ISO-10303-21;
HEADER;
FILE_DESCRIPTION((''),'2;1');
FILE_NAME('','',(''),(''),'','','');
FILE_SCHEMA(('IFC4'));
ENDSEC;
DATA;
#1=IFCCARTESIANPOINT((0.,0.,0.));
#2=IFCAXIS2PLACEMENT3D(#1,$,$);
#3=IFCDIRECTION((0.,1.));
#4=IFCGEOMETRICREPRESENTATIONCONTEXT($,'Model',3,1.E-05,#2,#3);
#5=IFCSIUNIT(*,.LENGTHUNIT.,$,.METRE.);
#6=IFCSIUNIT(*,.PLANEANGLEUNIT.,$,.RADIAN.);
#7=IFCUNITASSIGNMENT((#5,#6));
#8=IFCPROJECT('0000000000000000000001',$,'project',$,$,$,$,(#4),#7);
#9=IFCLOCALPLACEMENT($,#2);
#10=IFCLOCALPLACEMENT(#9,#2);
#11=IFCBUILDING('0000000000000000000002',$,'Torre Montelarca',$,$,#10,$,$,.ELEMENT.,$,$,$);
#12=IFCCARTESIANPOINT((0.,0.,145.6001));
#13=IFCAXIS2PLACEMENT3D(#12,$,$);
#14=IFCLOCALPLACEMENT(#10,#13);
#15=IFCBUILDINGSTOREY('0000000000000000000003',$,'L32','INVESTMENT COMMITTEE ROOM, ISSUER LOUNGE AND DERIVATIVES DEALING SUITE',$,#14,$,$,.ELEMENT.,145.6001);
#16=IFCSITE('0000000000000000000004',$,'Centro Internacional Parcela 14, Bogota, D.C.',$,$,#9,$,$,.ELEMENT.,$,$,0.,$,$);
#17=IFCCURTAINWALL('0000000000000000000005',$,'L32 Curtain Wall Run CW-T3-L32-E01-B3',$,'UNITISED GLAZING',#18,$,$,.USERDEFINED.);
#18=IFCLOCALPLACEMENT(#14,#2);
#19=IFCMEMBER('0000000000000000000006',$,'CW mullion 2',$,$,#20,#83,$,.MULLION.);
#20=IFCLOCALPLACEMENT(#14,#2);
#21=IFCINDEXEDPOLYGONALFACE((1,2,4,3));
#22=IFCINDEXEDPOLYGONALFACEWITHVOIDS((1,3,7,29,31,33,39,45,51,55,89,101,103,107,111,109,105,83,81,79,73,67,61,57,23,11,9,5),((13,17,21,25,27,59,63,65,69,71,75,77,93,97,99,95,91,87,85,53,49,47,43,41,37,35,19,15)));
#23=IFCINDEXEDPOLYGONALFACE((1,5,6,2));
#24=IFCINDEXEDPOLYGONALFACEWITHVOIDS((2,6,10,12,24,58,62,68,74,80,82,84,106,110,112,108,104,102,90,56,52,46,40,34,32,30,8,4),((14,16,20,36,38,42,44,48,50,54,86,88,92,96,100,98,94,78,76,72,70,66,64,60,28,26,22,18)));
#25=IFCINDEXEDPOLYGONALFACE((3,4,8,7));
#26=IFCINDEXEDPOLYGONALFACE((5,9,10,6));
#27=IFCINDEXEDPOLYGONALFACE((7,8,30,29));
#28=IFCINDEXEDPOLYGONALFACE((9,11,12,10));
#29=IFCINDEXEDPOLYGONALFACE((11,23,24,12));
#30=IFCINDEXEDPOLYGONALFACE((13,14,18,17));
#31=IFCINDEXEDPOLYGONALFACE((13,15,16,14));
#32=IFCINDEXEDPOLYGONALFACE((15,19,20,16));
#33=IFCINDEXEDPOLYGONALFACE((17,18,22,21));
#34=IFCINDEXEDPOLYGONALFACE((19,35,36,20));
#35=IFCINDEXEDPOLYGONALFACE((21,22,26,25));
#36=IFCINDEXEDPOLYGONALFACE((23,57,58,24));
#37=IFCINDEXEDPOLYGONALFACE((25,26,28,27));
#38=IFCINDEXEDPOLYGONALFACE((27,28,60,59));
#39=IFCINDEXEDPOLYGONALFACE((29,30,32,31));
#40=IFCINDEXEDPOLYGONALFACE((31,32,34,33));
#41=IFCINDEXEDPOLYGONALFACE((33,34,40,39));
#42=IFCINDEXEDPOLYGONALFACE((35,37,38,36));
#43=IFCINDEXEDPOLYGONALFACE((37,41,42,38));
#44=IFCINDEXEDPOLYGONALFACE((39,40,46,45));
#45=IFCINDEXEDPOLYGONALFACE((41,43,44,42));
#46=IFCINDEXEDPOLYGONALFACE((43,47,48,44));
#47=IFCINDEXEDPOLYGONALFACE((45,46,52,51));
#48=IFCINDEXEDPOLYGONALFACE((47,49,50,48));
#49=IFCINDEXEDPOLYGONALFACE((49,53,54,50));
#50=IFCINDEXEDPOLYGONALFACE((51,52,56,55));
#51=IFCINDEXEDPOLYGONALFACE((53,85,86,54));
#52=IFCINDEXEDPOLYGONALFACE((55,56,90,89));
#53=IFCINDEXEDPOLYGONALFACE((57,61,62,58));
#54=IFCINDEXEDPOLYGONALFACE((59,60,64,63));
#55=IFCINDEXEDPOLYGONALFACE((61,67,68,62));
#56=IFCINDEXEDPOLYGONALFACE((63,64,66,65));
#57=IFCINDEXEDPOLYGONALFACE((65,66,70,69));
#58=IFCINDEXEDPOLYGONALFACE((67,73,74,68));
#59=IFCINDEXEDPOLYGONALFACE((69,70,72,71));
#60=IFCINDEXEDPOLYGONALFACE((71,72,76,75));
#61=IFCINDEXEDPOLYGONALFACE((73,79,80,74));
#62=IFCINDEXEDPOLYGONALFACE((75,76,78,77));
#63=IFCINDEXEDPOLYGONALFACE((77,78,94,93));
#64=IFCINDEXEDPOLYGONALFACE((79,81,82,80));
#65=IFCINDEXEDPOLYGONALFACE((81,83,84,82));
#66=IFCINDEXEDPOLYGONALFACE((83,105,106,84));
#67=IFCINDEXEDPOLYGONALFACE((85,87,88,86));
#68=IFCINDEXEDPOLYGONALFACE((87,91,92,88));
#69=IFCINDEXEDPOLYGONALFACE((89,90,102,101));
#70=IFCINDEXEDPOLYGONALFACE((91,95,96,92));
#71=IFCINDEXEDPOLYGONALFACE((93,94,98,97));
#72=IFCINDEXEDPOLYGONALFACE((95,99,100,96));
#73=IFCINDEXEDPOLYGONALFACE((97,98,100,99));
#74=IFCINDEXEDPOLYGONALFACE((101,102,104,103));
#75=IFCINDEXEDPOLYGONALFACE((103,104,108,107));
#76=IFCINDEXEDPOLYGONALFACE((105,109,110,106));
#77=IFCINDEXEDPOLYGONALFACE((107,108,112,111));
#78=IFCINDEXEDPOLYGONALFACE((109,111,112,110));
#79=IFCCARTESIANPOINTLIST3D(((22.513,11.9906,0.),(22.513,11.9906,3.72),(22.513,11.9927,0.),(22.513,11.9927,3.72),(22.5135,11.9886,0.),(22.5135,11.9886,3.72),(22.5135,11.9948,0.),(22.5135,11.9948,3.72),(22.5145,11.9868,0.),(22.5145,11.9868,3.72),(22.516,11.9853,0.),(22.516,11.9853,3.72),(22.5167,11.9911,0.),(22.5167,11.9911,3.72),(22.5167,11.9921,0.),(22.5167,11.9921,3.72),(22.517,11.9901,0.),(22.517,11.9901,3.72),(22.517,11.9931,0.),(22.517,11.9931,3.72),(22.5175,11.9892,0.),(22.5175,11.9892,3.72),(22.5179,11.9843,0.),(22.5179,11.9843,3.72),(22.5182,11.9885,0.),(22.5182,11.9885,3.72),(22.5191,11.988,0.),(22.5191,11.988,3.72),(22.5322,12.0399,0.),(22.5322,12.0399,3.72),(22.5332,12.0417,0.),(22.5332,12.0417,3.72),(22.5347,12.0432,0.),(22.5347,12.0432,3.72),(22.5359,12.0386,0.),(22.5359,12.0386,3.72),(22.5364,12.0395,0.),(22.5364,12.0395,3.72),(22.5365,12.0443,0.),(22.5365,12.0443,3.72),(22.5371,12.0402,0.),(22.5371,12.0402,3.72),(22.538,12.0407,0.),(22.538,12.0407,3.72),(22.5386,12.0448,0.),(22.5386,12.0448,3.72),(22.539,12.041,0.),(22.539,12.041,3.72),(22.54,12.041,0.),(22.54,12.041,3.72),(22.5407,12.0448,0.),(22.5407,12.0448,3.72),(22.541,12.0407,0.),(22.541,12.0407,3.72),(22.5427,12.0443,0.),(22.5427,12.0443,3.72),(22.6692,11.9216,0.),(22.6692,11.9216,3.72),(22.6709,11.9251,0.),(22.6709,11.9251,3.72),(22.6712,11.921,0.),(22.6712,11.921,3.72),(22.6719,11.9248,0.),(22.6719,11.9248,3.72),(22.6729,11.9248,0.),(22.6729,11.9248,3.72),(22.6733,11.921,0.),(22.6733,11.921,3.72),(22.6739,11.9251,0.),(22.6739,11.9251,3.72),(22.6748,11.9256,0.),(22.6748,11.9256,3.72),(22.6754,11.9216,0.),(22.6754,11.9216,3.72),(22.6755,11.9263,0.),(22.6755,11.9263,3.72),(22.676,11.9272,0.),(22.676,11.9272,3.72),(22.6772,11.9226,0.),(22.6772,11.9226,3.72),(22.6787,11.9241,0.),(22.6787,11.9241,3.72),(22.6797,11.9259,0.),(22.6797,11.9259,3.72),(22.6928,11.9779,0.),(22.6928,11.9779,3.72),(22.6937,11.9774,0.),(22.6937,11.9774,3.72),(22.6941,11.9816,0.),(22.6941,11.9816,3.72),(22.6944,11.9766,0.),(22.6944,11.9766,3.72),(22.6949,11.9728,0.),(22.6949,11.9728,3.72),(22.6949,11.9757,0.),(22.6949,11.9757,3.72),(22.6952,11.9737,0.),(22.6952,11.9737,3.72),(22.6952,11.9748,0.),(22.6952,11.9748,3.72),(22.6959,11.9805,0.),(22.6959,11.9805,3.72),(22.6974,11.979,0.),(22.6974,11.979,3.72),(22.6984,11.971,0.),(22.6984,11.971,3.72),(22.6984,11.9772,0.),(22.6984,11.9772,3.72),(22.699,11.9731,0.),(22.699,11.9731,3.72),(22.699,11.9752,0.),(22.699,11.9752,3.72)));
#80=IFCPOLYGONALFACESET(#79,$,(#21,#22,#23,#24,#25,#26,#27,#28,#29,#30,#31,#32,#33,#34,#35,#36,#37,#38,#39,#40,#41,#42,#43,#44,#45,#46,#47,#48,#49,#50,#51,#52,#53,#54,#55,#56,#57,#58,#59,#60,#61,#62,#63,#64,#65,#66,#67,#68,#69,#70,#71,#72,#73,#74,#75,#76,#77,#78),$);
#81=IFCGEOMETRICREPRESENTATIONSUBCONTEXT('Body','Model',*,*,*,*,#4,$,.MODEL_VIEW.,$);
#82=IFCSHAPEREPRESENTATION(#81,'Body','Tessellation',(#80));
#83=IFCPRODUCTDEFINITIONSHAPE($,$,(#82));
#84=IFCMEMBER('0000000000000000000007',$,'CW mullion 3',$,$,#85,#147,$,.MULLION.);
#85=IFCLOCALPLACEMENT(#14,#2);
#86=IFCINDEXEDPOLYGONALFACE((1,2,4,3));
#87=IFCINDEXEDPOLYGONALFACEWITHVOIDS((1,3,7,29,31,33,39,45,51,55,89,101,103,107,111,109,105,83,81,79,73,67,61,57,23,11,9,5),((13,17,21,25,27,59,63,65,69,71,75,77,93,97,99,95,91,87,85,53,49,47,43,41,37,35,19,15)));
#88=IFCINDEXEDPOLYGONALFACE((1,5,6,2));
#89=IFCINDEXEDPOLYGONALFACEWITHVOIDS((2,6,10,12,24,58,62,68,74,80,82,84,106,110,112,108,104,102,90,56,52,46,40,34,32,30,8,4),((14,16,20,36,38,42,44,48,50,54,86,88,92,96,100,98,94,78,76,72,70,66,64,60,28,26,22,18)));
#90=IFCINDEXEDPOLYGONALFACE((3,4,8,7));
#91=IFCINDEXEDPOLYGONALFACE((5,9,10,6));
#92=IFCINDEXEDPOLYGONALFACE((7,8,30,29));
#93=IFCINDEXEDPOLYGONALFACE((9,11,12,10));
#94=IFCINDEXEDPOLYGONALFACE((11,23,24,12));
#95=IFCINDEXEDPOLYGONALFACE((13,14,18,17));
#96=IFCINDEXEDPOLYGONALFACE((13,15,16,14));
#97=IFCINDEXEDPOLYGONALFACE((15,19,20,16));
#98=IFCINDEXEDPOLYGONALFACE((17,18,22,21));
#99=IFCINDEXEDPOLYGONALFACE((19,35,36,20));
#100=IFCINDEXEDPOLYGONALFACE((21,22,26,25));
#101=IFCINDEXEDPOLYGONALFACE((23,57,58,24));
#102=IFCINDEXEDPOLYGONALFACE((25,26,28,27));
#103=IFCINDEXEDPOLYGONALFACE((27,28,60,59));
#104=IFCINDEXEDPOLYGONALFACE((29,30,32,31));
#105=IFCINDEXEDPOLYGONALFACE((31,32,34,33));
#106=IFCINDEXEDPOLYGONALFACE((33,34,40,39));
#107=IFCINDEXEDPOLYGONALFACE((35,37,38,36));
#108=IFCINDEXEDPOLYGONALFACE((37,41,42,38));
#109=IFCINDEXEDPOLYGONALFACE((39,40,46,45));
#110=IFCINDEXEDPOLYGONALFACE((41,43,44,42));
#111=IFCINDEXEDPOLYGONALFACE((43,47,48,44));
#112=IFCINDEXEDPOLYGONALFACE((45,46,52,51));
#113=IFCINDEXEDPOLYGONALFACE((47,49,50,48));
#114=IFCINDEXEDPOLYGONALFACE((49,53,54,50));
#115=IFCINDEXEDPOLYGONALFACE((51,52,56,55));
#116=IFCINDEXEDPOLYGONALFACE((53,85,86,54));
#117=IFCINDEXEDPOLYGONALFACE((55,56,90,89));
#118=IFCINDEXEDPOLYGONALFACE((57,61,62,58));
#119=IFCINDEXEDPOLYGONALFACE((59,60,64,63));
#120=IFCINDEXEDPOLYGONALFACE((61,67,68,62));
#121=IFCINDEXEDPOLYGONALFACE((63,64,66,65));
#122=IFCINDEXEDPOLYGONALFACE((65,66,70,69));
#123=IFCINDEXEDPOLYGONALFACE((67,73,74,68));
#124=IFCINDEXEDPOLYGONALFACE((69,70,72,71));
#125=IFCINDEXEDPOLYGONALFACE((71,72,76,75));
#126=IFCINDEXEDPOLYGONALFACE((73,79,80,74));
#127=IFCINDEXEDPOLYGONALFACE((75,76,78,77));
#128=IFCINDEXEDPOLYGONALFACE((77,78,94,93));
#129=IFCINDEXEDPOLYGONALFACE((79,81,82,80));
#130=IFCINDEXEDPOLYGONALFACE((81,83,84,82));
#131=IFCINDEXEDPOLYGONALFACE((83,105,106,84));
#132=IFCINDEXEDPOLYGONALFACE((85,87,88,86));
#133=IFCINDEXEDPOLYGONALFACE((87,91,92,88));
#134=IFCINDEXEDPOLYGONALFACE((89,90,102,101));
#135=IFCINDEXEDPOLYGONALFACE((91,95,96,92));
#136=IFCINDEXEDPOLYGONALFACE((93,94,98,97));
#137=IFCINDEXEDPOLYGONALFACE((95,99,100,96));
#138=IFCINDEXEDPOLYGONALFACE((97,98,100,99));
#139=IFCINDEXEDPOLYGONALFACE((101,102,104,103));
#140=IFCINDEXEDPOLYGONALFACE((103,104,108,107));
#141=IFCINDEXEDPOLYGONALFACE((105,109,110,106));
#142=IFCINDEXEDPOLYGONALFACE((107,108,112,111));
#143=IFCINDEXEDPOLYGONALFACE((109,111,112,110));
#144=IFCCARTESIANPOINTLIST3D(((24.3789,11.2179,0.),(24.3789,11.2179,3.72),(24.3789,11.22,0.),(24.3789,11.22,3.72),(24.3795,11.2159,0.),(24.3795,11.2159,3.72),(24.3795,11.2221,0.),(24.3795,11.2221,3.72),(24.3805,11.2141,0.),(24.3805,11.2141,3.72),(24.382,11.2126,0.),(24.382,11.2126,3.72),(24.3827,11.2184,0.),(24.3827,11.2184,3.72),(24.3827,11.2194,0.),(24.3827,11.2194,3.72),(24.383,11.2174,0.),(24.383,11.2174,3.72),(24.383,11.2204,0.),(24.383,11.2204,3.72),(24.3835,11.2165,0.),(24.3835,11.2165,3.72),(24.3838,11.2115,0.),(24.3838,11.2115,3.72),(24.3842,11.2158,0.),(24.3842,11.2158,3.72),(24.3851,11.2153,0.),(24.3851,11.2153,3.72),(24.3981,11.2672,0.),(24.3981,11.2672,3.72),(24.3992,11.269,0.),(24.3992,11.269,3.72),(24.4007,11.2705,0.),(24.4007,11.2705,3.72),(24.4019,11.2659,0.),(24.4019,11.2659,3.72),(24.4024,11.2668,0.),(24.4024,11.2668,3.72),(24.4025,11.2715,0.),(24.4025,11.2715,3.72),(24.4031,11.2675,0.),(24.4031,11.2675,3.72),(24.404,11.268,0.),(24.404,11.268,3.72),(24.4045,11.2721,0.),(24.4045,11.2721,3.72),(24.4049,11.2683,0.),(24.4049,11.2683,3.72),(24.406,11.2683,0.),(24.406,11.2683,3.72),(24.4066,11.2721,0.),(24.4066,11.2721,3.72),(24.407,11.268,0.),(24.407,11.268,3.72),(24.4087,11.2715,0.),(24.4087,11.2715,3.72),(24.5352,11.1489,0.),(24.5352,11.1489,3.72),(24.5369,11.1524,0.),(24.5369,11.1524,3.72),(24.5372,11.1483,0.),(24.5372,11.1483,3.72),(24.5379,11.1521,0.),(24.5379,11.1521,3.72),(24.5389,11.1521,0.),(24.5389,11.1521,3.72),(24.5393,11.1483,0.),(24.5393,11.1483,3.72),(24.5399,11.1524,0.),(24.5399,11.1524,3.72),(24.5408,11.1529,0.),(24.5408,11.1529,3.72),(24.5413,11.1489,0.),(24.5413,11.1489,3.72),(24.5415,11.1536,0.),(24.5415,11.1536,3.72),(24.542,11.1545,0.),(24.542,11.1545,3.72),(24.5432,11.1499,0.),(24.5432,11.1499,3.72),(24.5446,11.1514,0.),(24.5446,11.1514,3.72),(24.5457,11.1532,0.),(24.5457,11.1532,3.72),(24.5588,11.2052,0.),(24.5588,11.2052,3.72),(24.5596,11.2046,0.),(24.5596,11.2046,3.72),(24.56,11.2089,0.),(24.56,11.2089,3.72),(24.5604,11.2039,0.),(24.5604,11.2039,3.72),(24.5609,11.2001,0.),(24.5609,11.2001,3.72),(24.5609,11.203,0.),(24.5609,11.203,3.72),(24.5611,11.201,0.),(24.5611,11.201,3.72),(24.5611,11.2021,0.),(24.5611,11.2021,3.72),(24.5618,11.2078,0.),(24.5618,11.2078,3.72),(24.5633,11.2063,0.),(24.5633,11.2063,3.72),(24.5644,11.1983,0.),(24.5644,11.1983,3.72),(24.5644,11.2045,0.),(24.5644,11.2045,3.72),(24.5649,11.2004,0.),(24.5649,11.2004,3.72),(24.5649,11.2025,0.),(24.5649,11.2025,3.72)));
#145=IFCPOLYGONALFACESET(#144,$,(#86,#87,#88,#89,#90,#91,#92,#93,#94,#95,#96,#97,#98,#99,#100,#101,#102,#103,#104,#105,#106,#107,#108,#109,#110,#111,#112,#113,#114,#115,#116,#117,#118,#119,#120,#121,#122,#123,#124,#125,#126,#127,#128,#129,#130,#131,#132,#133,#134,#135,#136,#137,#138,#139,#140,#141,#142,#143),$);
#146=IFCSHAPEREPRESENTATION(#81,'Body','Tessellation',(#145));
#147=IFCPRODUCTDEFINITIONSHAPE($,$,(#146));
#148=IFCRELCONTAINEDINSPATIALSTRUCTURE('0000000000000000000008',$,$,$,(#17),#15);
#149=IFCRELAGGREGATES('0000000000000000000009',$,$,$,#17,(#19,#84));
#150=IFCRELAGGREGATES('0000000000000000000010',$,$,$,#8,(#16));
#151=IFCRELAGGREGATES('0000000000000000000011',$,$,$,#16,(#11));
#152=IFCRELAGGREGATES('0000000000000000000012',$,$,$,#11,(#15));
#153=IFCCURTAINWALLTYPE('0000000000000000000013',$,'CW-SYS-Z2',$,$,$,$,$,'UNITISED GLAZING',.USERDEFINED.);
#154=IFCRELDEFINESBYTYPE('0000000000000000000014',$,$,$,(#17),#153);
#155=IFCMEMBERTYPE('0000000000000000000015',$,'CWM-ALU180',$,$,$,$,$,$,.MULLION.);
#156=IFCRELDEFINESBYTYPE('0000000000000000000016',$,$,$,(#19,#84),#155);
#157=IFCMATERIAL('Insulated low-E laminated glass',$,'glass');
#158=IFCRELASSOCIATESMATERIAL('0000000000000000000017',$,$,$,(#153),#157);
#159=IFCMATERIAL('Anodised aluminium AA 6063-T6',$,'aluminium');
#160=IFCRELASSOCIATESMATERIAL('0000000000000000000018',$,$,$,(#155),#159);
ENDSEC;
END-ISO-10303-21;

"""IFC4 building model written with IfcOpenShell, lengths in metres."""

from ifc_helpers import new_model, si_unit, direction, frame, origin, origin_2d, place, context, subcontext, project, spatial, hollow_rectangle, extrude, source, transform, mapped, material, material_profile, profile_set, type_object, element, aggregate, save


model = new_model("IFC4")

# Units and contexts
model_context = context("Model", 3, precision=1e-05, world=origin(), true_north=direction((0.0, 1.0)))
body_context = subcontext(model_context, "Body", "Model", "MODEL_VIEW")
ifc_project = project(units=[si_unit("LENGTHUNIT", "METRE"), si_unit("PLANEANGLEUNIT", "RADIAN")], contexts=[model_context])

# Site, building, storey
site_placement = place(None, origin())
site = spatial("IfcSite", under=ifc_project, at=site_placement, Name="Centro Internacional Parcela 14, Bogota, D.C.", CompositionType="ELEMENT", RefElevation=0.0)
building_placement = place(site_placement, origin())
building = spatial("IfcBuilding", under=site, at=building_placement, Name="Torre Montelarca", CompositionType="ELEMENT")
storey_placement = place(building_placement, frame((0.0, 0.0, 145.6001)))
storey = spatial("IfcBuildingStorey", under=building, at=storey_placement, Name="L32", Description="INVESTMENT COMMITTEE ROOM, ISSUER LOUNGE AND DERIVATIVES DEALING SUITE", CompositionType="ELEMENT", Elevation=145.6001)

# Curtain wall, members
ifc_material_1 = material(Name="Insulated low-E laminated glass", Category="glass")
curtain_wall_type = type_object("IfcCurtainWallType", Name="CW-SYS-Z2", ElementType="UNITISED GLAZING", PredefinedType="USERDEFINED", material=ifc_material_1)
ifc_material_2 = material(Name="Anodised aluminium AA 6063-T6", Category="aluminium")
curtain_wall_1_placement = place(storey_placement, origin())
curtain_wall_1 = element("IfcCurtainWall", 1, at=curtain_wall_1_placement, inside=storey, type_object=curtain_wall_type, Name="L32 Curtain Wall Run CW-T3-L32-E01-B3", ObjectType="UNITISED GLAZING", PredefinedType="USERDEFINED")
ifc_material_profile_1 = material_profile(ifc_material_2, hollow_rectangle(XDim=0.0649, YDim=0.1799, WallThickness=0.0039, InnerFilletRadius=0.0039, OuterFilletRadius=0.0081, at=origin_2d()), Name="ALU65X180X4", Category="aluminium")
ifc_profile_set_1 = profile_set([ifc_material_profile_1], Name="Anodised aluminium AA 6063-T6")
member_type_1 = type_object("IfcMemberType", Name="CWM-ALU180", PredefinedType="MULLION", material=ifc_profile_set_1)
shared_shape_1 = source(origin(), body_context, "Body", "SweptSolid", [
    extrude(hollow_rectangle(XDim=0.0649, YDim=0.1799, WallThickness=0.0039, InnerFilletRadius=0.0039, OuterFilletRadius=0.0081, at=origin_2d()), origin(), (0.0, 0.0, 1.0), 3.72),
])
member_1_placement = place(storey_placement, frame((22.606, 11.9829, 0.0), z_axis=(0.0, 0.0, 1.0), x_axis=(0.382668, 0.923886, 0.0)))
member_1 = element("IfcMember", 2, at=member_1_placement, type_object=member_type_1, Name="CW mullion 2", PredefinedType="MULLION", context=body_context, shape_type="MappedRepresentation", body=[
    mapped(shared_shape_1, transform((0.0, 0.0, 0.0), scale=1.0)),
])
member_2_placement = place(storey_placement, frame((24.4719, 11.2102, 0.0), z_axis=(0.0, 0.0, 1.0), x_axis=(0.382668, 0.923886, 0.0)))
member_2 = element("IfcMember", 3, at=member_2_placement, type_object=member_type_1, Name="CW mullion 3", PredefinedType="MULLION", context=body_context, shape_type="MappedRepresentation", body=[
    mapped(shared_shape_1, transform((0.0, 0.0, 0.0), scale=1.0)),
])

aggregate(curtain_wall_1, [member_1, member_2])

save(model, "model.ifc")
